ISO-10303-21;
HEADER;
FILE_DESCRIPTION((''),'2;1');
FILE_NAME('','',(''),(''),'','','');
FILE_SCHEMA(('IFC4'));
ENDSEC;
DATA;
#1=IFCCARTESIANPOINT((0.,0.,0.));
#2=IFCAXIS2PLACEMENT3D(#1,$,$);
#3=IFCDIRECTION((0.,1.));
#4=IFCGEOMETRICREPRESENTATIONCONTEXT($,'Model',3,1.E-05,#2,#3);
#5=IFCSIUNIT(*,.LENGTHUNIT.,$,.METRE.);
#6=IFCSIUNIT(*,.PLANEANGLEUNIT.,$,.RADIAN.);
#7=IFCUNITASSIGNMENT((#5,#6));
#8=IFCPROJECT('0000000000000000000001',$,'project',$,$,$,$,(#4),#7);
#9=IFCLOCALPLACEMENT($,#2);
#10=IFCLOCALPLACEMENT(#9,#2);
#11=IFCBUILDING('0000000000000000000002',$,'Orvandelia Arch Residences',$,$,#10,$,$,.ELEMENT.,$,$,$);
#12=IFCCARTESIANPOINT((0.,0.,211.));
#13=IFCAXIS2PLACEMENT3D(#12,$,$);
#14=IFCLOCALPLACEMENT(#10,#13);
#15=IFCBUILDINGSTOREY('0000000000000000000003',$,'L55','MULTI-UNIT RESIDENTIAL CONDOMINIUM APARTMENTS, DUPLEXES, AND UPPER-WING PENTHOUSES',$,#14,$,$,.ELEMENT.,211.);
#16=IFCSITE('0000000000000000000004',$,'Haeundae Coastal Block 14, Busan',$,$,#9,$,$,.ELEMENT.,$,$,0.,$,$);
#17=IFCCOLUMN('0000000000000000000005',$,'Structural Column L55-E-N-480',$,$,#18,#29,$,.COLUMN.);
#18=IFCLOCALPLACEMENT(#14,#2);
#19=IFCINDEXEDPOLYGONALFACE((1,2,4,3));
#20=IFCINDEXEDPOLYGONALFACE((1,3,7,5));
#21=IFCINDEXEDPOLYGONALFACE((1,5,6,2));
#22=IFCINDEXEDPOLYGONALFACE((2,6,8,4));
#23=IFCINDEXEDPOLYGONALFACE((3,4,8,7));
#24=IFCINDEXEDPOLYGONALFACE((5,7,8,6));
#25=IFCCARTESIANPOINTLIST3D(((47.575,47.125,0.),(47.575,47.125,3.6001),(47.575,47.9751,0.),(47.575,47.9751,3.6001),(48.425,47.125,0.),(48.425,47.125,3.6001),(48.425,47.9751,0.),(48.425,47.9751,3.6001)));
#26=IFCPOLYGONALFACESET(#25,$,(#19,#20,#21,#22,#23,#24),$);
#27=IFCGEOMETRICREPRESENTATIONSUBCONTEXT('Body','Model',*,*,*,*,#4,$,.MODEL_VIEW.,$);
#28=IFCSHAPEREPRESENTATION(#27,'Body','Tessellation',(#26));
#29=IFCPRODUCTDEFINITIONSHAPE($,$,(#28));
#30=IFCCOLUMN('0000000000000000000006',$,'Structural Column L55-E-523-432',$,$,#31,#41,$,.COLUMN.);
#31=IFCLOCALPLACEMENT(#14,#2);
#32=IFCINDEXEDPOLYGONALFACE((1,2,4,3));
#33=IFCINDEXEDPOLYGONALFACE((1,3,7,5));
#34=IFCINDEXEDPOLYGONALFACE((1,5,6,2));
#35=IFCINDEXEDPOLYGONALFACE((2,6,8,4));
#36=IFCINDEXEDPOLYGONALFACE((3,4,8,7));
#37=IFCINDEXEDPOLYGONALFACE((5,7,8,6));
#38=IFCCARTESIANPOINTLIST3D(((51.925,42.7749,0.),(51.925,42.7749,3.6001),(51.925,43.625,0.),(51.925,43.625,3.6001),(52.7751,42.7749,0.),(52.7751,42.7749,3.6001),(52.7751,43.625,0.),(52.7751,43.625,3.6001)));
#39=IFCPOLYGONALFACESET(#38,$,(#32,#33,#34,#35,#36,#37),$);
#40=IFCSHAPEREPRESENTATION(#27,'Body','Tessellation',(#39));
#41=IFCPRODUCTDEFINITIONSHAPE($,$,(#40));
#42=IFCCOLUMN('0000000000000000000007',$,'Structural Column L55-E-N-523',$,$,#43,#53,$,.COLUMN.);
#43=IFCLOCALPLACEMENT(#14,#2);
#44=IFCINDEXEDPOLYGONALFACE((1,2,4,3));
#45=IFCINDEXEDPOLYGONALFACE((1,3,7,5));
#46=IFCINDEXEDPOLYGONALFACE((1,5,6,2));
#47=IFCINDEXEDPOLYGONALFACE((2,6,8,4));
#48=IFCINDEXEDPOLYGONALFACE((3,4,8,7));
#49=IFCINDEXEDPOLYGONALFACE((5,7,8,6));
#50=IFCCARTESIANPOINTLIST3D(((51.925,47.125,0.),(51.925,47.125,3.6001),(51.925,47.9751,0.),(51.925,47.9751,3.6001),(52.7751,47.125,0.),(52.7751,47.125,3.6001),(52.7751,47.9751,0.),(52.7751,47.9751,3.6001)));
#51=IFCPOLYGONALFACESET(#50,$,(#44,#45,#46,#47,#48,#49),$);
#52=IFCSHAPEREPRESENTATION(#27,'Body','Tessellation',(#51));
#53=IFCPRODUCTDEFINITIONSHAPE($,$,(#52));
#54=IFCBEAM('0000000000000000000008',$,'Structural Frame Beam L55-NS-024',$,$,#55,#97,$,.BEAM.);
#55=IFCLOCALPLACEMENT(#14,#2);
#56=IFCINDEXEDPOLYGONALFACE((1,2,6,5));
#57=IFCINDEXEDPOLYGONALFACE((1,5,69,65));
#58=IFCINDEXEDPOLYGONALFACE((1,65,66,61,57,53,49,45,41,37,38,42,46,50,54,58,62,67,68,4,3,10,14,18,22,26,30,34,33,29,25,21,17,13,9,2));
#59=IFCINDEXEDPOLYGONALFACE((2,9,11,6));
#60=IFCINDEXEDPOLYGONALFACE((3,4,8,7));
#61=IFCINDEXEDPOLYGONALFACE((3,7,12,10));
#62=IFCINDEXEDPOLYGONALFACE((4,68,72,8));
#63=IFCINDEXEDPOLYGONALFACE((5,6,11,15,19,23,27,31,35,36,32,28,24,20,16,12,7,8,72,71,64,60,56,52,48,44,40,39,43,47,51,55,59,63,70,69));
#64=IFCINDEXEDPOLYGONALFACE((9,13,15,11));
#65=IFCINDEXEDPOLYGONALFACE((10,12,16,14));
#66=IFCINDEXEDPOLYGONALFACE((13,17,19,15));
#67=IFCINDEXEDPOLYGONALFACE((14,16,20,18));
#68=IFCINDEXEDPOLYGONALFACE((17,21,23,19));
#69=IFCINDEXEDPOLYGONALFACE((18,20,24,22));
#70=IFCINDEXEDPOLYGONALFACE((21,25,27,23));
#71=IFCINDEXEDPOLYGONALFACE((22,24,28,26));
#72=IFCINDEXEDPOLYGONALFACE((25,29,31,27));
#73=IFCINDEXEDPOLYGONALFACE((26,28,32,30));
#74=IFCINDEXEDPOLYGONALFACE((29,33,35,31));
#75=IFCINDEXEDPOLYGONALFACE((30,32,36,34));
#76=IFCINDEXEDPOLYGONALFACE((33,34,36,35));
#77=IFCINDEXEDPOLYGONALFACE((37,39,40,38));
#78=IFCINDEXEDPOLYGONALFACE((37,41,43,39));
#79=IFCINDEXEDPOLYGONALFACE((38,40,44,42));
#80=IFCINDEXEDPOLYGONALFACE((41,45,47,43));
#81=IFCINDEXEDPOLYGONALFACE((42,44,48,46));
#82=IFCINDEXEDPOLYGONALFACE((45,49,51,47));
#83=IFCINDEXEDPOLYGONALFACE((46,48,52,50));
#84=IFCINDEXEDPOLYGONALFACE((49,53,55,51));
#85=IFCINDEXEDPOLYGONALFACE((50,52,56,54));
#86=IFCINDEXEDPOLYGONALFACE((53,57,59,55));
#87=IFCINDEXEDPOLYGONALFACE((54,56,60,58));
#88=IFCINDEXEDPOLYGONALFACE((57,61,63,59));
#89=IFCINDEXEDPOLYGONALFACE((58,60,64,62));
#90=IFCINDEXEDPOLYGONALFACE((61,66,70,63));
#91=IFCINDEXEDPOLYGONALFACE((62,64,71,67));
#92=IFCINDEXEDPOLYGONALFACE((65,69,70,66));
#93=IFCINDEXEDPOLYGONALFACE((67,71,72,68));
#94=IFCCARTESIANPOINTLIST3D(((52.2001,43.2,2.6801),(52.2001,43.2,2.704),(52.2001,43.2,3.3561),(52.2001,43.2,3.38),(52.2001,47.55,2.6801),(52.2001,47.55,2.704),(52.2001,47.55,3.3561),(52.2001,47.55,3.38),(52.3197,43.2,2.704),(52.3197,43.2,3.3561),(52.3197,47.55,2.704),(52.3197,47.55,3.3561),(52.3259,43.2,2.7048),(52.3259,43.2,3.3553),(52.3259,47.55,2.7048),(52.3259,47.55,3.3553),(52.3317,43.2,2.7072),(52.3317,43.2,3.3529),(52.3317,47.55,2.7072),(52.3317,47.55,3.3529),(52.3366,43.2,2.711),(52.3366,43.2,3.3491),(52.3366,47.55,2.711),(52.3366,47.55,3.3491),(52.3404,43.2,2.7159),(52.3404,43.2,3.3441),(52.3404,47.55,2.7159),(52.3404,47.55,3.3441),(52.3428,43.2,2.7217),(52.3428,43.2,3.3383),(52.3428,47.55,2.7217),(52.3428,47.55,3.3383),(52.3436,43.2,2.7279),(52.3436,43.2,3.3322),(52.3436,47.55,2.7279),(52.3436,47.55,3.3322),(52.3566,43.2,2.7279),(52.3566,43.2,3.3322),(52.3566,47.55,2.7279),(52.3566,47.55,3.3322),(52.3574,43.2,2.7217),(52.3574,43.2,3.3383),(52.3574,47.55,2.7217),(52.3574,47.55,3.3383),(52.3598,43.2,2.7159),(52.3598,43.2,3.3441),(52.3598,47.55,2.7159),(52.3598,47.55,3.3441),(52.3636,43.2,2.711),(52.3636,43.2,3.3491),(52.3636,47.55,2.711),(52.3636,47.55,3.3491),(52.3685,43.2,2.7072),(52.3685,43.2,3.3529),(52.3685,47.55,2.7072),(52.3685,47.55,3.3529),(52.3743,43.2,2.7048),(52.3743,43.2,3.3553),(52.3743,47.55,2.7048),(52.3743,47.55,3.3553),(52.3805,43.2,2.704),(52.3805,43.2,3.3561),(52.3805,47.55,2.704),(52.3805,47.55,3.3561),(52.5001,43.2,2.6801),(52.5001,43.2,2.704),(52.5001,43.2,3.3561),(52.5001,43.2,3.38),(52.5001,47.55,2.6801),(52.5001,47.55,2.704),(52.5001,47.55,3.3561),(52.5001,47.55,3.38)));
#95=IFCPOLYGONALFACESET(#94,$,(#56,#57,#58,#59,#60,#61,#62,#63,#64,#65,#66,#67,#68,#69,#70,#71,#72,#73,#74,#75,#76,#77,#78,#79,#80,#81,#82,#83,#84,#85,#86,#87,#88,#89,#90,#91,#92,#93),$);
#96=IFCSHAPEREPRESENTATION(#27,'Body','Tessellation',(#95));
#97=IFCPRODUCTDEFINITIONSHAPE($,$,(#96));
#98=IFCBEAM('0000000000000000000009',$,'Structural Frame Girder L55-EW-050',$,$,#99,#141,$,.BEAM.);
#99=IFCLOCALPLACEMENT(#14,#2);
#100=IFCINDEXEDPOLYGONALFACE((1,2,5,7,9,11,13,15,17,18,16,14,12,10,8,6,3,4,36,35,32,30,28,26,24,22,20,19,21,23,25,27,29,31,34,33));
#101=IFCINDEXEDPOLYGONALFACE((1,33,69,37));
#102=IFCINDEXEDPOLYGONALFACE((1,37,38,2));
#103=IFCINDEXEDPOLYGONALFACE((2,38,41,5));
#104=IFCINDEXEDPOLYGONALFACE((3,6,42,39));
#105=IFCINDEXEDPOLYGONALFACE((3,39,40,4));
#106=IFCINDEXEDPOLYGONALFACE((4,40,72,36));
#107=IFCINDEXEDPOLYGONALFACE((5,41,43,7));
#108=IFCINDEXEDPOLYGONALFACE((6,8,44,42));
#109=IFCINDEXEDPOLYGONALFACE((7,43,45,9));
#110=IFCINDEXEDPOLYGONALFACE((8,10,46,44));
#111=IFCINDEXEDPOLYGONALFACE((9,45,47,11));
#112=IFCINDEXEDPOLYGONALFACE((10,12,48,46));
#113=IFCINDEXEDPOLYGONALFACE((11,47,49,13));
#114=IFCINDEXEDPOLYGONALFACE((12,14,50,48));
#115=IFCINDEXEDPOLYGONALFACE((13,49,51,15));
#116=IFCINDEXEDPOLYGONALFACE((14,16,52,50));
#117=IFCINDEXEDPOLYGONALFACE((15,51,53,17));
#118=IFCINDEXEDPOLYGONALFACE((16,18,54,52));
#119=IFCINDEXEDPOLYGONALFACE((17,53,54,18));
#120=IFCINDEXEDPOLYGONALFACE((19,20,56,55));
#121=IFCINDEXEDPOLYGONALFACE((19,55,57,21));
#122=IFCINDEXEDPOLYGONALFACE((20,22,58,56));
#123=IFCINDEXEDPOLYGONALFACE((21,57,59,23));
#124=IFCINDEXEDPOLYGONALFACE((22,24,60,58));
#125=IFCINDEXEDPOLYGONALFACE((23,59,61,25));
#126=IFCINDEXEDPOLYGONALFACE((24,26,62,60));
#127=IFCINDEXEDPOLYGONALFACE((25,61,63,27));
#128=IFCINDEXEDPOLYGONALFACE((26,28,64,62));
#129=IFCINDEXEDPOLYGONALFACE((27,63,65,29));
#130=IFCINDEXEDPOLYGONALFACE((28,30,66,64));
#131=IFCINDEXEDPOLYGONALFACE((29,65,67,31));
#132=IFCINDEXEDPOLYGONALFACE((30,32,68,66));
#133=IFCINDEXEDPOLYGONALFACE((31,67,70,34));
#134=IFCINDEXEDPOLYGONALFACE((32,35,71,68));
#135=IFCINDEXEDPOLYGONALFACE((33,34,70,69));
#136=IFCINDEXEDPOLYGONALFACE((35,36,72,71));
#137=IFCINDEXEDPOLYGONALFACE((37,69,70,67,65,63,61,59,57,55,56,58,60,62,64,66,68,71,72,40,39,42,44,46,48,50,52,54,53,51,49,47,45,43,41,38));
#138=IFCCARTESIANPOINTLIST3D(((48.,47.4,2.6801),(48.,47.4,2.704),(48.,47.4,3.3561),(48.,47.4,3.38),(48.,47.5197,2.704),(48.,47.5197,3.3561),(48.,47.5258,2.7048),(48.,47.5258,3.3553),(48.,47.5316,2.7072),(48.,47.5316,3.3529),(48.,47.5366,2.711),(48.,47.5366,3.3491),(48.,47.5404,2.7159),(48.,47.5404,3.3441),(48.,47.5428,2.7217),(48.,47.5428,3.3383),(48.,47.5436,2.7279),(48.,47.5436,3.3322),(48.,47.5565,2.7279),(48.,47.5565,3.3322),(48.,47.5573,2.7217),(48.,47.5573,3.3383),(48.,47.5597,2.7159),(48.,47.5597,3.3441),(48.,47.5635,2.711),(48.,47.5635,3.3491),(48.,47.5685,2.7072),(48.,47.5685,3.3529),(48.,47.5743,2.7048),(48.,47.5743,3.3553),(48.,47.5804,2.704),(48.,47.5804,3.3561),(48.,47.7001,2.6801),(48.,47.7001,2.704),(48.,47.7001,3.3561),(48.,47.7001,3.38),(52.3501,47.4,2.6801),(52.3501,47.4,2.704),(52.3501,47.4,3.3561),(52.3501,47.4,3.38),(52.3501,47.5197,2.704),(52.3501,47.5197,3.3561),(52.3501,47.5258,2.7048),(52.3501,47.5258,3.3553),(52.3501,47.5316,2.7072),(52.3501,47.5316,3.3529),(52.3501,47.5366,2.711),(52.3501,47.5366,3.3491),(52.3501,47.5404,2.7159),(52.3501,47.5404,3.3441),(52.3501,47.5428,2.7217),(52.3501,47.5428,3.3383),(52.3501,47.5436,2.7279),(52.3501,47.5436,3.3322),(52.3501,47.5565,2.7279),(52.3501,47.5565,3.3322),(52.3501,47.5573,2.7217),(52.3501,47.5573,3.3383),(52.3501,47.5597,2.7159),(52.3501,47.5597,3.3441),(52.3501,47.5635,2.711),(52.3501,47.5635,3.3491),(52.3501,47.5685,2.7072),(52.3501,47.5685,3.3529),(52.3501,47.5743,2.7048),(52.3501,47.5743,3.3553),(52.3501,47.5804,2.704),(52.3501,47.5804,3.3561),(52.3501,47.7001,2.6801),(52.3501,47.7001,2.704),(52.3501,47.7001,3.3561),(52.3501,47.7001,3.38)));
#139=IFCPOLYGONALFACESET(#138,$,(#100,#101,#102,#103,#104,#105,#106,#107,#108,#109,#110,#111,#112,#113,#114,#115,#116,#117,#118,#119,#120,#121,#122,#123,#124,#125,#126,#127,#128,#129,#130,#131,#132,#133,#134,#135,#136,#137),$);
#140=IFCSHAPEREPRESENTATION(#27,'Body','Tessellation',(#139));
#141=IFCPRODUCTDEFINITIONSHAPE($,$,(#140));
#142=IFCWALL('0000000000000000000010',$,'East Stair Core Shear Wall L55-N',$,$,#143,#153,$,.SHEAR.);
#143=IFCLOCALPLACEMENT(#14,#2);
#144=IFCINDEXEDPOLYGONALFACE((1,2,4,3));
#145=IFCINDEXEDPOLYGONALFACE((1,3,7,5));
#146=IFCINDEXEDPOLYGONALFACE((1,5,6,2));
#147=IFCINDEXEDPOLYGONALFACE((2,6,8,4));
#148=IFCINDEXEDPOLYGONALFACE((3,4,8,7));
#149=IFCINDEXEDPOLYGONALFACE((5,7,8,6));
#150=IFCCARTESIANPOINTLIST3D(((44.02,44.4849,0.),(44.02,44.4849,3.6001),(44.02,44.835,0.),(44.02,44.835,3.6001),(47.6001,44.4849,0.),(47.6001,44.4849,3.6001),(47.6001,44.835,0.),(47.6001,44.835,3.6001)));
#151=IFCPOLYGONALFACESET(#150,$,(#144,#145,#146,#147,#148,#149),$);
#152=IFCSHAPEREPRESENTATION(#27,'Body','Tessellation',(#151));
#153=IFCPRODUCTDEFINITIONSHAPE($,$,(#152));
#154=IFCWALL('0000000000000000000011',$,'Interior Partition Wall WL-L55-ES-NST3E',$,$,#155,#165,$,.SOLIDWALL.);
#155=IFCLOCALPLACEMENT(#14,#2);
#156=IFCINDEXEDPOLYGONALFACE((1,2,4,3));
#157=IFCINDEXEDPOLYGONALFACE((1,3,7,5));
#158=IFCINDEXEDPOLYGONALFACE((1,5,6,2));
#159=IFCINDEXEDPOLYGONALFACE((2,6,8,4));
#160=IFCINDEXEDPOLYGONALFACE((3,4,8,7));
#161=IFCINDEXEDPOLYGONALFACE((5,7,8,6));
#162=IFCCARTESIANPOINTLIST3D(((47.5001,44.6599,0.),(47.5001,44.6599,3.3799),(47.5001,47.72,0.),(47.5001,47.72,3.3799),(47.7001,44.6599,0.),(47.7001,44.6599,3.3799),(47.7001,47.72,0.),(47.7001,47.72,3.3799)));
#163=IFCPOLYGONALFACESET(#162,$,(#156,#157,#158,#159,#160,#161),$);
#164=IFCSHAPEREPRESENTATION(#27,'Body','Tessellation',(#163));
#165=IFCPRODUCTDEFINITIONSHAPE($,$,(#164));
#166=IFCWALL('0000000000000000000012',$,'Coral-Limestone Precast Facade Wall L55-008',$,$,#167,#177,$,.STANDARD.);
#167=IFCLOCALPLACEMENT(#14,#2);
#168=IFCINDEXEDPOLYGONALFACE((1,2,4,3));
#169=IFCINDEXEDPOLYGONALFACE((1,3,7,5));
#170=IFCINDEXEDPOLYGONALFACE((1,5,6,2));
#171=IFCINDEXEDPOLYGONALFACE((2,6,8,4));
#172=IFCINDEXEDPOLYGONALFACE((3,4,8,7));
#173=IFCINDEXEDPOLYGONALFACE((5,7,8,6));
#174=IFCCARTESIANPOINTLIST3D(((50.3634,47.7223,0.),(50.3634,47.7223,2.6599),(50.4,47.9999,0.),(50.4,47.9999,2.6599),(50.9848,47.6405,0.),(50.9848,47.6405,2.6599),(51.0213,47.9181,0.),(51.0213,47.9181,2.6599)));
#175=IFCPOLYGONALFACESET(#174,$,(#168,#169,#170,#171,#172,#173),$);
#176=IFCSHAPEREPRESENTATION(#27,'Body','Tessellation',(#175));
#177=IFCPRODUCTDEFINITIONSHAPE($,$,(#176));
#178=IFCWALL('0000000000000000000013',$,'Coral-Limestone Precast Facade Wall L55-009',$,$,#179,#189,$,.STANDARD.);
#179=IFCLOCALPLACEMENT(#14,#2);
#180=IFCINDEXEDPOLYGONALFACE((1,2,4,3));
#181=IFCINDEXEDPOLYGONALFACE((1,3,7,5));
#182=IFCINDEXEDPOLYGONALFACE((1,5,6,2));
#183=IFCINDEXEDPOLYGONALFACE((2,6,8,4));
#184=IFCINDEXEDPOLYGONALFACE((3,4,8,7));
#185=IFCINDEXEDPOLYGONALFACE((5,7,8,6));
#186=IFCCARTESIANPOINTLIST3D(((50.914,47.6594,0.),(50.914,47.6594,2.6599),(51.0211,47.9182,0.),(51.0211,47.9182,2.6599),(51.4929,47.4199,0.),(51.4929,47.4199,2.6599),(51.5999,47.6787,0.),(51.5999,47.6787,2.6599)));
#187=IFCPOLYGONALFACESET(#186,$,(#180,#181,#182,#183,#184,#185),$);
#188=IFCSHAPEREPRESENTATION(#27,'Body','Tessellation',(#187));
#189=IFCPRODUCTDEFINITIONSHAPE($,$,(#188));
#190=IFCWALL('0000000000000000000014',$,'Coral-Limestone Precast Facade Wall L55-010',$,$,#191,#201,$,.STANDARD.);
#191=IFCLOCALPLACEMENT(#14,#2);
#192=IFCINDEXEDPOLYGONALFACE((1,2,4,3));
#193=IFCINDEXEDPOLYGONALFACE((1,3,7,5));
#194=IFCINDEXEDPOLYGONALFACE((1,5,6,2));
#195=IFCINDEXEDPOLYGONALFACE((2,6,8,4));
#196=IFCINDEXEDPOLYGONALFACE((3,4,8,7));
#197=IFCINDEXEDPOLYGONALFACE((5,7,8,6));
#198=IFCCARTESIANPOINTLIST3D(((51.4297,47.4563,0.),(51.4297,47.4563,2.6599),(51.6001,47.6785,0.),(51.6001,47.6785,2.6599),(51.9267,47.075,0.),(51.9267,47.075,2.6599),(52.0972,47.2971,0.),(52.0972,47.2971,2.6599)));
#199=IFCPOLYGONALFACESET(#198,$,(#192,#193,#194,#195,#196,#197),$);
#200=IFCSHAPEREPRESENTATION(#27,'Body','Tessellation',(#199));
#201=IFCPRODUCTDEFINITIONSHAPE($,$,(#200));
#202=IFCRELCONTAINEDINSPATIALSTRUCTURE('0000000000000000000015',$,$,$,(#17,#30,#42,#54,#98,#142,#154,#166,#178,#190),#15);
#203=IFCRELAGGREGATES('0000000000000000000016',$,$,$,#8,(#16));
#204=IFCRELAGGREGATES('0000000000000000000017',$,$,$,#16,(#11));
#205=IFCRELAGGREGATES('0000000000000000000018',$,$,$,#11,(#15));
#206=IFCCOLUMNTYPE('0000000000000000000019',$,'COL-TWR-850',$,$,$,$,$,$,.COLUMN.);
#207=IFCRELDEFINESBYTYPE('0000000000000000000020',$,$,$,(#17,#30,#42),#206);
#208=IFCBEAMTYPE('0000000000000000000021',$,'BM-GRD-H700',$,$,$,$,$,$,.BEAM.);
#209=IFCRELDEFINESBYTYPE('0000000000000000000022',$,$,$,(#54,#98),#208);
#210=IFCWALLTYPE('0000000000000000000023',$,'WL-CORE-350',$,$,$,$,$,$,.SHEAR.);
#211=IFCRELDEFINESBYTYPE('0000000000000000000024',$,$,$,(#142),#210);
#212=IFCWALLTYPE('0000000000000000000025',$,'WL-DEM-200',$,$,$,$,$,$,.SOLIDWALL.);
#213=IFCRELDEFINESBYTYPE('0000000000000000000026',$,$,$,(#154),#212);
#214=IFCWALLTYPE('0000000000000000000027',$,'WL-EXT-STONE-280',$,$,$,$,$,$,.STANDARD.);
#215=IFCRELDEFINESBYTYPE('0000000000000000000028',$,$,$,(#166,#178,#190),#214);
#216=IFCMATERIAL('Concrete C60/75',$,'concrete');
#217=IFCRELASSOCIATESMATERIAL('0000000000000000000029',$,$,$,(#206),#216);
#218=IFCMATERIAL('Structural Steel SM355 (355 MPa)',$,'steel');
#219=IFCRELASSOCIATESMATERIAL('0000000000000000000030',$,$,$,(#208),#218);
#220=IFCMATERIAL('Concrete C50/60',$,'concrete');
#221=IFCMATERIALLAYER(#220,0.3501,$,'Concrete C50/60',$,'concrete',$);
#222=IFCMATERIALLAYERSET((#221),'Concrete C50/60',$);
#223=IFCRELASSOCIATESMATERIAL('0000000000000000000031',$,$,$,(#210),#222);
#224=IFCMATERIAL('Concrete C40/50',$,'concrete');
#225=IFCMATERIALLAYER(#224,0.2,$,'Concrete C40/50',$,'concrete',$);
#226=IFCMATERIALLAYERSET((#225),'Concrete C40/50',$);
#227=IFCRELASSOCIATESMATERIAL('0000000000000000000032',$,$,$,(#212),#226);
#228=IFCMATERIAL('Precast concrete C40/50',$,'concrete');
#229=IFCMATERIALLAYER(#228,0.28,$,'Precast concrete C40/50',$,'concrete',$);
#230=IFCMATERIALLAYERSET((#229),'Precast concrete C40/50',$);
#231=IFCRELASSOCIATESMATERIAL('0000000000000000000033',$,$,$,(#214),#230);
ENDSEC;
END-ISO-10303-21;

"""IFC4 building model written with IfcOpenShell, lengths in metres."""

from ifc_helpers import new_model, si_unit, direction, frame, frame_2d, origin, origin_2d, place, context, subcontext, project, spatial, rectangle, i_section, extrude, material, layer, layer_set, material_profile, profile_set, type_object, element, save


model = new_model("IFC4")

# Units and contexts
model_context = context("Model", 3, precision=1e-05, world=origin(), true_north=direction((0.0, 1.0)))
body_context = subcontext(model_context, "Body", "Model", "MODEL_VIEW")
ifc_project = project(units=[si_unit("LENGTHUNIT", "METRE"), si_unit("PLANEANGLEUNIT", "RADIAN")], contexts=[model_context])

# Site, building, storey
site_placement = place(None, origin())
site = spatial("IfcSite", under=ifc_project, at=site_placement, Name="Haeundae Coastal Block 14, Busan", CompositionType="ELEMENT", RefElevation=0.0)
building_placement = place(site_placement, origin())
building = spatial("IfcBuilding", under=site, at=building_placement, Name="Orvandelia Arch Residences", CompositionType="ELEMENT")
storey_placement = place(building_placement, frame((0.0, 0.0, 211.0)))
storey = spatial("IfcBuildingStorey", under=building, at=storey_placement, Name="L55", Description="MULTI-UNIT RESIDENTIAL CONDOMINIUM APARTMENTS, DUPLEXES, AND UPPER-WING PENTHOUSES", CompositionType="ELEMENT", Elevation=211.0)

# Columns
ifc_material_1 = material(Name="Concrete C60/75", Category="concrete")
ifc_material_profile_1 = material_profile(ifc_material_1, rectangle(XDim=0.8501, YDim=0.8501, at=origin_2d()), Name="Concrete C60/75", Category="concrete")
ifc_profile_set_1 = profile_set([ifc_material_profile_1], Name="Concrete C60/75")
column_type = type_object("IfcColumnType", Name="COL-TWR-850", PredefinedType="COLUMN", material=ifc_profile_set_1)
for number, where, z_axis, x_axis, name in (
    (1, (48.0, 47.55, 0.0), (0.0, 0.0, 1.0), (1.0, 0.0, 0.0), "Structural Column L55-E-N-480"),
    (2, (52.3501, 43.2, 0.0), (0.0, 0.0, 1.0), (1.0, 0.0, 0.0), "Structural Column L55-E-523-432"),
    (3, (52.3501, 47.55, 0.0), (0.0, 0.0, 1.0), (1.0, 0.0, 0.0), "Structural Column L55-E-N-523"),
):
    element("IfcColumn", number, at=place(storey_placement, frame(where, z_axis=z_axis, x_axis=x_axis)), inside=storey, type_object=column_type, Name=name, PredefinedType="COLUMN", context=body_context, shape_type="SweptSolid", body=[
        extrude(rectangle(XDim=0.8501, YDim=0.8501, at=origin_2d()), origin(), (0.0, 0.0, 1.0), 3.6001),
    ])

# Beams
ifc_material_2 = material(Name="Structural Steel SM355 (355 MPa)", Category="steel")
ifc_material_profile_2 = material_profile(ifc_material_2, i_section(OverallWidth=0.3, OverallDepth=0.7, WebThickness=0.0129, FlangeThickness=0.0239, FilletRadius=0.0239, at=origin_2d()), Name="Structural Steel SM355 (355 MPa)", Category="steel")
ifc_profile_set_2 = profile_set([ifc_material_profile_2], Name="Structural Steel SM355 (355 MPa)")
beam_type = type_object("IfcBeamType", Name="BM-GRD-H700", PredefinedType="BEAM", material=ifc_profile_set_2)
for number, where, z_axis, x_axis, name in (
    (4, (52.3501, 43.2, 3.03), (0.0, 1.0, 0.0), (-1.0, 0.0, 0.0), "Structural Frame Beam L55-NS-024"),
    (5, (48.0, 47.55, 3.03), (1.0, 0.0, 0.0), (0.0, 1.0, 0.0), "Structural Frame Girder L55-EW-050"),
):
    element("IfcBeam", number, at=place(storey_placement, frame(where, z_axis=z_axis, x_axis=x_axis)), inside=storey, type_object=beam_type, Name=name, PredefinedType="BEAM", context=body_context, shape_type="SweptSolid", body=[
        extrude(i_section(OverallWidth=0.3, OverallDepth=0.7, WebThickness=0.0129, FlangeThickness=0.0239, FilletRadius=0.0239, at=origin_2d()), origin(), (0.0, 0.0, 1.0), 4.3501),
    ])

# Walls
ifc_material_3 = material(Name="Concrete C50/60", Category="concrete")
ifc_layer_1 = layer(ifc_material_3, 0.3501, Name="Concrete C50/60", Category="concrete")
ifc_layer_set_1 = layer_set([ifc_layer_1], Name="Concrete C50/60")
wall_type_1 = type_object("IfcWallType", Name="WL-CORE-350", PredefinedType="SHEAR", material=ifc_layer_set_1)
wall_1_placement = place(storey_placement, frame((44.02, 44.6599, 0.0), z_axis=(0.0, 0.0, 1.0), x_axis=(1.0, 0.0, 0.0)))
element("IfcWall", 6, at=wall_1_placement, inside=storey, type_object=wall_type_1, Name="East Stair Core Shear Wall L55-N", PredefinedType="SHEAR", context=body_context, shape_type="SweptSolid", body=[
    extrude(rectangle(XDim=3.5801, YDim=0.3501, at=frame_2d((1.79, 0.0))), origin(), (0.0, 0.0, 1.0), 3.6001),
])
ifc_material_4 = material(Name="Concrete C40/50", Category="concrete")
ifc_layer_2 = layer(ifc_material_4, 0.2, Name="Concrete C40/50", Category="concrete")
ifc_layer_set_2 = layer_set([ifc_layer_2], Name="Concrete C40/50")
wall_type_2 = type_object("IfcWallType", Name="WL-DEM-200", PredefinedType="SOLIDWALL", material=ifc_layer_set_2)
wall_2_placement = place(storey_placement, frame((47.6001, 44.6599, 0.0), z_axis=(0.0, 0.0, 1.0), x_axis=(0.0, 1.0, 0.0)))
element("IfcWall", 7, at=wall_2_placement, inside=storey, type_object=wall_type_2, Name="Interior Partition Wall WL-L55-ES-NST3E", PredefinedType="SOLIDWALL", context=body_context, shape_type="SweptSolid", body=[
    extrude(rectangle(XDim=3.0601, YDim=0.2, at=frame_2d((1.53, 0.0))), origin(), (0.0, 0.0, 1.0), 3.3799),
])
ifc_material_5 = material(Name="Precast concrete C40/50", Category="concrete")
ifc_layer_3 = layer(ifc_material_5, 0.28, Name="Precast concrete C40/50", Category="concrete")
ifc_layer_set_3 = layer_set([ifc_layer_3], Name="Precast concrete C40/50")
wall_type_3 = type_object("IfcWallType", Name="WL-EXT-STONE-280", PredefinedType="STANDARD", material=ifc_layer_set_3)
wall_3_placement = place(storey_placement, frame((50.3816, 47.8611, 0.0), z_axis=(0.0, 0.0, 1.0), x_axis=(0.991448, -0.130505, 0.0)))
element("IfcWall", 8, at=wall_3_placement, inside=storey, type_object=wall_type_3, Name="Coral-Limestone Precast Facade Wall L55-008", PredefinedType="STANDARD", context=body_context, shape_type="SweptSolid", body=[
    extrude(rectangle(XDim=0.6267, YDim=0.28, at=frame_2d((0.3135, 0.0))), origin(), (0.0, 0.0, 1.0), 2.6599),
])
for number, where, z_axis, x_axis, name in (
    (9, (50.9675, 47.7888, 0.0), (0.0, 0.0, 1.0), (0.924031, -0.382317, 0.0), "Coral-Limestone Precast Facade Wall L55-009"),
    (10, (51.5149, 47.5674, 0.0), (0.0, 0.0, 1.0), (0.793406, -0.608693, 0.0), "Coral-Limestone Precast Facade Wall L55-010"),
):
    element("IfcWall", number, at=place(storey_placement, frame(where, z_axis=z_axis, x_axis=x_axis)), inside=storey, type_object=wall_type_3, Name=name, PredefinedType="STANDARD", context=body_context, shape_type="SweptSolid", body=[
        extrude(rectangle(XDim=0.6265, YDim=0.28, at=frame_2d((0.3132, 0.0))), origin(), (0.0, 0.0, 1.0), 2.6599),
    ])

save(model, "model.ifc")
